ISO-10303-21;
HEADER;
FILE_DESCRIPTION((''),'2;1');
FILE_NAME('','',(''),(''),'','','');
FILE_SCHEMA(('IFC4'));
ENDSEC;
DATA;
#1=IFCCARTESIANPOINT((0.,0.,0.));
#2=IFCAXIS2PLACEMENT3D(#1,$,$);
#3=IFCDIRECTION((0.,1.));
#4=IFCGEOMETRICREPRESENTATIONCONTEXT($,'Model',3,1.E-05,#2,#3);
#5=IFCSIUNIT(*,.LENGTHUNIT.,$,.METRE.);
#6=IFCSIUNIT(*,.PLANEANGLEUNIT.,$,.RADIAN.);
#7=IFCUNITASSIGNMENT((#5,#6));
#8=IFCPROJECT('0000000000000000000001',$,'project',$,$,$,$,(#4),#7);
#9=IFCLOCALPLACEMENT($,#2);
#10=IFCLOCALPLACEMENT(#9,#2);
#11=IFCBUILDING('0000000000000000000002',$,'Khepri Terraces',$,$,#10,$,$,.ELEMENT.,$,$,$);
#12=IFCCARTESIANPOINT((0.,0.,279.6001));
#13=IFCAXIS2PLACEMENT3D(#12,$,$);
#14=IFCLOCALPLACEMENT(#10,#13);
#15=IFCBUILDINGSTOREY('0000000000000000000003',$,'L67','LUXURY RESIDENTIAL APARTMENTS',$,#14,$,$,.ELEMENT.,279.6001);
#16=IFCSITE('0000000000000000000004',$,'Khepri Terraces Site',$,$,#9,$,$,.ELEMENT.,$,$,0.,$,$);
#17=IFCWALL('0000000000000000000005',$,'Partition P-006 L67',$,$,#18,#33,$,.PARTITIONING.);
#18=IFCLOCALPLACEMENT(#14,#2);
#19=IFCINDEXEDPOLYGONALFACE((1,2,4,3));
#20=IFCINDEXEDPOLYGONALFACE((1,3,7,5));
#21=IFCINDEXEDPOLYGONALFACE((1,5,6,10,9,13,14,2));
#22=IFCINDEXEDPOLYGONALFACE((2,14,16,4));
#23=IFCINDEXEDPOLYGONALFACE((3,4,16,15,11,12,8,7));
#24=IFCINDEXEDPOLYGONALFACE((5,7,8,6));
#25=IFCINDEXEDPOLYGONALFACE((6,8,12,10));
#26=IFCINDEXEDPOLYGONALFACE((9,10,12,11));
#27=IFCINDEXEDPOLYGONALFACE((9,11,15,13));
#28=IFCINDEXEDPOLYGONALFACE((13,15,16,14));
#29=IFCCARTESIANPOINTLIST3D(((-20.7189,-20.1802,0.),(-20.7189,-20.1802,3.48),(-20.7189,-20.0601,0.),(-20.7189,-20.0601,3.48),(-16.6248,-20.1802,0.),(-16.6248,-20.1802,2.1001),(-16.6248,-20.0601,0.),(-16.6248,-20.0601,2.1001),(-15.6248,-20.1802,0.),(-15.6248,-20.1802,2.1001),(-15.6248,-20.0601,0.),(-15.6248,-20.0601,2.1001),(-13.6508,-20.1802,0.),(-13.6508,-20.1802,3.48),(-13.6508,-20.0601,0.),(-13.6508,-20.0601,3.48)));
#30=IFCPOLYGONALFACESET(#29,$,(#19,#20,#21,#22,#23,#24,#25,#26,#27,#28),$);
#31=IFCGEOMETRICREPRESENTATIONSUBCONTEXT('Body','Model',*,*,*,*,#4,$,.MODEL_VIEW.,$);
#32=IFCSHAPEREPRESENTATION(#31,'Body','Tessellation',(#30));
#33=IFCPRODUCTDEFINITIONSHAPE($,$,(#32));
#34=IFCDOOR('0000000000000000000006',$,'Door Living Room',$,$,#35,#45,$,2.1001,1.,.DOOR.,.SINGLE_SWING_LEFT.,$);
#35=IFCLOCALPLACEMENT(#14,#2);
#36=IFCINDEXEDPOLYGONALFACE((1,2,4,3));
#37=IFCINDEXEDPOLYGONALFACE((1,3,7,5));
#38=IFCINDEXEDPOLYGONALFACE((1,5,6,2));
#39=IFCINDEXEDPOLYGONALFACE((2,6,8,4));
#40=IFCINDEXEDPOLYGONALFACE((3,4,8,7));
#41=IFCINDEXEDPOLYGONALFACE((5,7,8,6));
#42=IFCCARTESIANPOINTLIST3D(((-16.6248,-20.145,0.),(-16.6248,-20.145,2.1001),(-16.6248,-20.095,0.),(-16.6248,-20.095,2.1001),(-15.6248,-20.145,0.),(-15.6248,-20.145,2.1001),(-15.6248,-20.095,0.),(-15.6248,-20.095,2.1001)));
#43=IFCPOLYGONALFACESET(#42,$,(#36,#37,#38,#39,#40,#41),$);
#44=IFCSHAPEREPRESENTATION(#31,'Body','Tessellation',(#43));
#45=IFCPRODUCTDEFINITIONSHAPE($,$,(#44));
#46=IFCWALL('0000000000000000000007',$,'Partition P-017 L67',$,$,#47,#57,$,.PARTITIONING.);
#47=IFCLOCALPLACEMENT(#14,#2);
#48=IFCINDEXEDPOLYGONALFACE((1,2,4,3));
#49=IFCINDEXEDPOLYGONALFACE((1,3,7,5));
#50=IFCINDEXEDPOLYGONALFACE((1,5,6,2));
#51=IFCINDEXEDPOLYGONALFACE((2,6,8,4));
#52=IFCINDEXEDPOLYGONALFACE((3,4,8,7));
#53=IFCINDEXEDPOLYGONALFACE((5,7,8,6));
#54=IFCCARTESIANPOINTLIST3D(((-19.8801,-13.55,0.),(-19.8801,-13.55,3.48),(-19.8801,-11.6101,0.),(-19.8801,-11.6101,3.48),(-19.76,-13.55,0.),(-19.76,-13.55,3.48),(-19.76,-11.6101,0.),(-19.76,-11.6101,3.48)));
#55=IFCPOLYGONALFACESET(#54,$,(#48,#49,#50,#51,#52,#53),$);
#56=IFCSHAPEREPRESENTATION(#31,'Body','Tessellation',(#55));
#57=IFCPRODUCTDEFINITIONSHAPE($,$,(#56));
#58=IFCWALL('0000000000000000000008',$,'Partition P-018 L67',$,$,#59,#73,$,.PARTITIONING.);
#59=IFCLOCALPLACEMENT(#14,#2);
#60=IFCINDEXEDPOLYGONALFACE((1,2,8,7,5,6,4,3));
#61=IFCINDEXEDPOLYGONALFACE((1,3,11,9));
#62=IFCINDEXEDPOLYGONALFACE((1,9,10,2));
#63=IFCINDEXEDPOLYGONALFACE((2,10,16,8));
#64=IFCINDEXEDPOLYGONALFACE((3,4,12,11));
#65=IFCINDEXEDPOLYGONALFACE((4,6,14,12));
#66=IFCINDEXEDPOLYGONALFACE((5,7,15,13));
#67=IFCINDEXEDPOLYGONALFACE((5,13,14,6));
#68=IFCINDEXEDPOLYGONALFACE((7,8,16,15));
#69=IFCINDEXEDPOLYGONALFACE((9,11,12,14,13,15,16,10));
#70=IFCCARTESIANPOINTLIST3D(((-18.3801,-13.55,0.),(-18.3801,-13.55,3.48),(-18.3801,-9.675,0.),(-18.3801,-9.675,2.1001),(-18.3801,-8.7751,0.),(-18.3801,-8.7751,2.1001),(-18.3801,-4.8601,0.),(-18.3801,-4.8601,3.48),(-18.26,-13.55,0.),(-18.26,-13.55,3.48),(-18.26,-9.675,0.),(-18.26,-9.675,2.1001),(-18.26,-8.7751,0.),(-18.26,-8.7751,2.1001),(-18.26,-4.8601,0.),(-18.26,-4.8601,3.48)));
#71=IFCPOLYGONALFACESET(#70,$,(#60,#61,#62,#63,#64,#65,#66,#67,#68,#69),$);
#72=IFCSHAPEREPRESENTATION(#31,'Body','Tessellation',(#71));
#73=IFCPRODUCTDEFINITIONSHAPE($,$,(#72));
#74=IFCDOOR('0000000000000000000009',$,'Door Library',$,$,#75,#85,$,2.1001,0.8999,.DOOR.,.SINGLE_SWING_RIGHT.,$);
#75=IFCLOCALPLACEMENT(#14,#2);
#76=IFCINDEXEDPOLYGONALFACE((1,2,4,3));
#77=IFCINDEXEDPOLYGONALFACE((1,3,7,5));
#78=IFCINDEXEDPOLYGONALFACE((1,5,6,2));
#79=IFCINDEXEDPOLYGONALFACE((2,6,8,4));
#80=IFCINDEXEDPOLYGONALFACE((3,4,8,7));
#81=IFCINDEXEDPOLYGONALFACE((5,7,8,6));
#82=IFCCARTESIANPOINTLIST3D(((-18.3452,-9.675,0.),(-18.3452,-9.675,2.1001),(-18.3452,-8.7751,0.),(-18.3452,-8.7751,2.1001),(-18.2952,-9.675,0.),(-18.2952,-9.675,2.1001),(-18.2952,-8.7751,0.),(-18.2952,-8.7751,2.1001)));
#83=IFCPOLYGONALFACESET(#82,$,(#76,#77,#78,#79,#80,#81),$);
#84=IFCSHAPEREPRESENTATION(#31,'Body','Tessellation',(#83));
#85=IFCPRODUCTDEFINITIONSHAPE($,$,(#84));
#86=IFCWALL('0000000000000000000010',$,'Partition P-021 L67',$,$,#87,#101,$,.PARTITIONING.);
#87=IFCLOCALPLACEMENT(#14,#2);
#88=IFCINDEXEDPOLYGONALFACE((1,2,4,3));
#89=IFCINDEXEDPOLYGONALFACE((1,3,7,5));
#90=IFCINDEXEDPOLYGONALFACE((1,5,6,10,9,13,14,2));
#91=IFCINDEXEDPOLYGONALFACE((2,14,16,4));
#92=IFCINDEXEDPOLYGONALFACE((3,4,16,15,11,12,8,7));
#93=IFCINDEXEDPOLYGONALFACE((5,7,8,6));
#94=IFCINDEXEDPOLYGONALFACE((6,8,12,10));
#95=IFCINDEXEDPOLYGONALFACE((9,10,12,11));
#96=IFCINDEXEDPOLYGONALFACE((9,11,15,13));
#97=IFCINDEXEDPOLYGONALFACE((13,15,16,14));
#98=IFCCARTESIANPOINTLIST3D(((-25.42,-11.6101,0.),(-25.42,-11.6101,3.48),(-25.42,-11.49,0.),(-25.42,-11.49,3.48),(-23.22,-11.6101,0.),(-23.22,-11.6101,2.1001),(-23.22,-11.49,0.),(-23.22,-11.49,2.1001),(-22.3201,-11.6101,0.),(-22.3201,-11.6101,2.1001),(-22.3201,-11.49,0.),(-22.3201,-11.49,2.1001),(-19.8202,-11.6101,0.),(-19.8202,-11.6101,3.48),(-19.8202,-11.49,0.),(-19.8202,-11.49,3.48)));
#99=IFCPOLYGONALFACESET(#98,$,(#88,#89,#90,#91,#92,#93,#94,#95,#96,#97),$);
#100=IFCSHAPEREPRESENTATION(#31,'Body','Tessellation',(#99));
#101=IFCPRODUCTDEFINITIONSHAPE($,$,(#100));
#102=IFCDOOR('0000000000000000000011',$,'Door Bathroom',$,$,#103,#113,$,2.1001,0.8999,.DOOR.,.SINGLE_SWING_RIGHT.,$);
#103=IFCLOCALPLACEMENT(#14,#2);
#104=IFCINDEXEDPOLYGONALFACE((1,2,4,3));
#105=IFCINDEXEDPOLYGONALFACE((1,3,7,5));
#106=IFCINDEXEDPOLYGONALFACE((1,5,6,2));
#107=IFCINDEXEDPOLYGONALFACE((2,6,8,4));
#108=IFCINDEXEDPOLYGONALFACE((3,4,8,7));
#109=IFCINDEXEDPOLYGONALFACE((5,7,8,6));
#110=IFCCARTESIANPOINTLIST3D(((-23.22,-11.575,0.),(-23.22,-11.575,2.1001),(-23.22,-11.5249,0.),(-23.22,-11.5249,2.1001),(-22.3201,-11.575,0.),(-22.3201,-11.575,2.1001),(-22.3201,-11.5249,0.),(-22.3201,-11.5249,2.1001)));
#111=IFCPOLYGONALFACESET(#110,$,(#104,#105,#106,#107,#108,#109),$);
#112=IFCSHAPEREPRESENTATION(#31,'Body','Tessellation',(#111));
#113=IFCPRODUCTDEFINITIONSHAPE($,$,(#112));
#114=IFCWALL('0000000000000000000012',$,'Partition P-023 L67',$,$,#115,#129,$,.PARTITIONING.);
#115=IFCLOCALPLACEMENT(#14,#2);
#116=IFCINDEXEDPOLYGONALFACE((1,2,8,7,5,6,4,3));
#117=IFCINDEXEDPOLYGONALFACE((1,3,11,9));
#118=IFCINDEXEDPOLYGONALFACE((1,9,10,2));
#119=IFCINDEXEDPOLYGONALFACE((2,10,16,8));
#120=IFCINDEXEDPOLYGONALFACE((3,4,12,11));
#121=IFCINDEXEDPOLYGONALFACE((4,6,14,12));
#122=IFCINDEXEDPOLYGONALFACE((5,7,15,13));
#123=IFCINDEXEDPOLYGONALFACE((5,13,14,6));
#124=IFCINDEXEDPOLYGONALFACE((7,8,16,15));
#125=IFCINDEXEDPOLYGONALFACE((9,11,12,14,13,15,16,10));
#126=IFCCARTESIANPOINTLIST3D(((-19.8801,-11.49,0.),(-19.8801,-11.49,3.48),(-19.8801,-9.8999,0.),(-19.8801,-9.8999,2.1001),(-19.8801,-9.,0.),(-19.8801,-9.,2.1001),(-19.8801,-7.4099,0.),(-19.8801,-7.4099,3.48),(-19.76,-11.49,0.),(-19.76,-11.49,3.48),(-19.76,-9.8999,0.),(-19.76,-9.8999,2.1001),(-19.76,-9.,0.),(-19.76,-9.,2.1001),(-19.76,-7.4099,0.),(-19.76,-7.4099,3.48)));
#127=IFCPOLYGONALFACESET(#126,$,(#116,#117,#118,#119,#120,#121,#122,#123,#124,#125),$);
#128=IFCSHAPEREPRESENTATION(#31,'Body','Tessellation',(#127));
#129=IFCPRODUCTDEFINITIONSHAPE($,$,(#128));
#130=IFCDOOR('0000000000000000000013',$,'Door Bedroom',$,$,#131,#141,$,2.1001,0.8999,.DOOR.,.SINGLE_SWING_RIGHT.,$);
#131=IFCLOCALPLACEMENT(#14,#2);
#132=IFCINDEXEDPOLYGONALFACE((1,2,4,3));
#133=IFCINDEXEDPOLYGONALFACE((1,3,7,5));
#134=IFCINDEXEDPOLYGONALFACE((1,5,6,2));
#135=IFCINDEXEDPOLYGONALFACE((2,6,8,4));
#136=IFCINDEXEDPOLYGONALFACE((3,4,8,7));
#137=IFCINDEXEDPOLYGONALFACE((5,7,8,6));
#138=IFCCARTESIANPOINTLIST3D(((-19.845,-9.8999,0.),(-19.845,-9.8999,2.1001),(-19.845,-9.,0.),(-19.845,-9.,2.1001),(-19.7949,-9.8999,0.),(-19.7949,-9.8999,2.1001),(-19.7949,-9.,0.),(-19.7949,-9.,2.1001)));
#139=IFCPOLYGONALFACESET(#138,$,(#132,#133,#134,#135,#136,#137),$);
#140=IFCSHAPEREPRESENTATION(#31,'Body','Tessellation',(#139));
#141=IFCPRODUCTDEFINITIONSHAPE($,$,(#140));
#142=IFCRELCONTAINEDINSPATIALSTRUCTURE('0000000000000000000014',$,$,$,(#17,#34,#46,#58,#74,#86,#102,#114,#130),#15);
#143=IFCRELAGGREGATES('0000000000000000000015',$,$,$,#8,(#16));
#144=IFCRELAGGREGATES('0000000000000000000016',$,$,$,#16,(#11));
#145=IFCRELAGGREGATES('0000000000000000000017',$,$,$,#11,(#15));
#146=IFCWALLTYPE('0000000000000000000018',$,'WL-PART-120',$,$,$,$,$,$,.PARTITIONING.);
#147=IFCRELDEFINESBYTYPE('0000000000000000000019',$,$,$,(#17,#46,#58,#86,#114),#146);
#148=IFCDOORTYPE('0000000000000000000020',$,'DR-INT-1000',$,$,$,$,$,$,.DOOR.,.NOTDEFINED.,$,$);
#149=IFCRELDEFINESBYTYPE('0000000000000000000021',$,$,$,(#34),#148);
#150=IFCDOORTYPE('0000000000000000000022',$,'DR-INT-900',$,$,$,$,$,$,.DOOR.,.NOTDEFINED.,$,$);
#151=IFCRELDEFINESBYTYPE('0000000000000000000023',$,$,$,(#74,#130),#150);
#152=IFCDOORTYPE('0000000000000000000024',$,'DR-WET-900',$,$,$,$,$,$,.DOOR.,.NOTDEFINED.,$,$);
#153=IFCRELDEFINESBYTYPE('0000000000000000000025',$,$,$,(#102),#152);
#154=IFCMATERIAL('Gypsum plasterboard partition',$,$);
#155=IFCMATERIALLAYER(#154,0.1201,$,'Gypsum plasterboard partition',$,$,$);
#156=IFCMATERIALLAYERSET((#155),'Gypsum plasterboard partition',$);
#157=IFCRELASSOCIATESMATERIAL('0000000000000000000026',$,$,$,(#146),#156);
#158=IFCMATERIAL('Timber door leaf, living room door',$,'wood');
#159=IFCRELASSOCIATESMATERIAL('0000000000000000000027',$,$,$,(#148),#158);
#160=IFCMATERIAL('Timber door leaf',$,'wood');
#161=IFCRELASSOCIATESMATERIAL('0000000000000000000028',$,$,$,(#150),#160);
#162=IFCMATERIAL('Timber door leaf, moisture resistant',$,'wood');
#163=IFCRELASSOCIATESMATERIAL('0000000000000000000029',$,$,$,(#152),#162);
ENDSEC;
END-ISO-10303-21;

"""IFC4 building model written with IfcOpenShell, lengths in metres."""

from ifc_helpers import new_model, si_unit, direction, frame, frame_2d, origin, place, context, subcontext, project, spatial, rectangle, extrude, material, layer, layer_set, type_object, element, fill, save


model = new_model("IFC4")

# Units and contexts
model_context = context("Model", 3, precision=1e-05, world=origin(), true_north=direction((0.0, 1.0)))
body_context = subcontext(model_context, "Body", "Model", "MODEL_VIEW")
ifc_project = project(units=[si_unit("LENGTHUNIT", "METRE"), si_unit("PLANEANGLEUNIT", "RADIAN")], contexts=[model_context])

# Site, building, storey
site_placement = place(None, origin())
site = spatial("IfcSite", under=ifc_project, at=site_placement, Name="Khepri Terraces Site", CompositionType="ELEMENT", RefElevation=0.0)
building_placement = place(site_placement, origin())
building = spatial("IfcBuilding", under=site, at=building_placement, Name="Khepri Terraces", CompositionType="ELEMENT")
storey_placement = place(building_placement, frame((0.0, 0.0, 279.6001)))
storey = spatial("IfcBuildingStorey", under=building, at=storey_placement, Name="L67", Description="LUXURY RESIDENTIAL APARTMENTS", CompositionType="ELEMENT", Elevation=279.6001)

# Shared definitions
ifc_material_1 = material(Name="Gypsum plasterboard partition")
ifc_layer_1 = layer(ifc_material_1, 0.1201, Name="Gypsum plasterboard partition")
ifc_layer_set_1 = layer_set([ifc_layer_1], Name="Gypsum plasterboard partition")
wall_type_1 = type_object("IfcWallType", Name="WL-PART-120", PredefinedType="PARTITIONING", material=ifc_layer_set_1)

# Wall, opening, door
wall_1_placement = place(storey_placement, frame((-20.719, -20.1201, 0.0), z_axis=(0.0, 0.0, 1.0), x_axis=(1.0, 0.0, 0.0)))
wall_1 = element("IfcWall", 1, at=wall_1_placement, inside=storey, type_object=wall_type_1, Name="Partition P-006 L67", PredefinedType="PARTITIONING", context=body_context, shape_type="SweptSolid", body=[
    extrude(rectangle(XDim=7.0681, YDim=0.1201, at=frame_2d((3.5342, 0.0))), origin(), (0.0, 0.0, 1.0), 3.48),
])
opening_1_placement = place(wall_1_placement, frame((4.0942, 0.0, 0.0)))
opening_1 = element("IfcOpeningElement", 2, at=opening_1_placement, cuts=wall_1, PredefinedType="OPENING", context=body_context, shape_type="SweptSolid", body=[
    extrude(rectangle(XDim=1.0, YDim=2.1001, at=frame_2d((0.5, 1.05))), frame((0.0, 0.0701, 0.0), z_axis=(0.0, -1.0, 0.0), x_axis=(1.0, 0.0, 0.0)), (0.0, 0.0, 1.0), 0.1401),
])
ifc_material_2 = material(Name="Timber door leaf, living room door", Category="wood")
door_type_1 = type_object("IfcDoorType", Name="DR-INT-1000", OperationType="NOTDEFINED", PredefinedType="DOOR", material=ifc_material_2)
door_1_placement = place(opening_1_placement, frame((1.0, 0.0, 0.0), z_axis=(0.0, 0.0, 1.0), x_axis=(-1.0, 0.0, 0.0)))
door_1 = element("IfcDoor", 3, at=door_1_placement, inside=storey, type_object=door_type_1, Name="Door Living Room", OperationType="SINGLE_SWING_LEFT", OverallHeight=2.1001, OverallWidth=1.0, PredefinedType="DOOR", context=body_context, shape_type="SweptSolid", body=[
    extrude(rectangle(XDim=1.0, YDim=2.1001, at=frame_2d((0.5, 1.05))), frame((0.0, 0.0249, 0.0), z_axis=(0.0, -1.0, 0.0), x_axis=(1.0, 0.0, 0.0)), (0.0, 0.0, 1.0), 0.05),
])
fill(opening_1, door_1)

# Wall
wall_2_placement = place(storey_placement, frame((-19.8201, -13.55, 0.0), z_axis=(0.0, 0.0, 1.0), x_axis=(0.0, 1.0, 0.0)))
element("IfcWall", 4, at=wall_2_placement, inside=storey, type_object=wall_type_1, Name="Partition P-017 L67", PredefinedType="PARTITIONING", context=body_context, shape_type="SweptSolid", body=[
    extrude(rectangle(XDim=1.9399, YDim=0.1201, at=frame_2d((0.97, 0.0))), origin(), (0.0, 0.0, 1.0), 3.48),
])

# Walls, openings, doors
wall_3_placement = place(storey_placement, frame((-18.3201, -13.55, 0.0), z_axis=(0.0, 0.0, 1.0), x_axis=(0.0, 1.0, 0.0)))
wall_3 = element("IfcWall", 5, at=wall_3_placement, inside=storey, type_object=wall_type_1, Name="Partition P-018 L67", PredefinedType="PARTITIONING", context=body_context, shape_type="SweptSolid", body=[
    extrude(rectangle(XDim=8.6899, YDim=0.1201, at=frame_2d((4.345, 0.0))), origin(), (0.0, 0.0, 1.0), 3.48),
])
opening_2_placement = place(wall_3_placement, frame((3.875, 0.0, 0.0)))
opening_2 = element("IfcOpeningElement", 6, at=opening_2_placement, cuts=wall_3, PredefinedType="OPENING", context=body_context, shape_type="SweptSolid", body=[
    extrude(rectangle(XDim=0.8999, YDim=2.1001, at=frame_2d((0.45, 1.05))), frame((0.0, 0.0701, 0.0), z_axis=(0.0, -1.0, 0.0), x_axis=(1.0, 0.0, 0.0)), (0.0, 0.0, 1.0), 0.1401),
])
ifc_material_3 = material(Name="Timber door leaf", Category="wood")
door_type_2 = type_object("IfcDoorType", Name="DR-INT-900", OperationType="NOTDEFINED", PredefinedType="DOOR", material=ifc_material_3)
door_2_placement = place(opening_2_placement, frame((0.8999, 0.0, 0.0), z_axis=(0.0, 0.0, 1.0), x_axis=(-1.0, 0.0, 0.0)))
door_2 = element("IfcDoor", 7, at=door_2_placement, inside=storey, type_object=door_type_2, Name="Door Library", OperationType="SINGLE_SWING_RIGHT", OverallHeight=2.1001, OverallWidth=0.8999, PredefinedType="DOOR", context=body_context, shape_type="SweptSolid", body=[
    extrude(rectangle(XDim=0.8999, YDim=2.1001, at=frame_2d((0.45, 1.05))), frame((0.0, 0.0249, 0.0), z_axis=(0.0, -1.0, 0.0), x_axis=(1.0, 0.0, 0.0)), (0.0, 0.0, 1.0), 0.05),
])
fill(opening_2, door_2)
wall_4_placement = place(storey_placement, frame((-25.4199, -11.55, 0.0), z_axis=(0.0, 0.0, 1.0), x_axis=(1.0, 0.0, 0.0)))
wall_4 = element("IfcWall", 8, at=wall_4_placement, inside=storey, type_object=wall_type_1, Name="Partition P-021 L67", PredefinedType="PARTITIONING", context=body_context, shape_type="SweptSolid", body=[
    extrude(rectangle(XDim=5.5999, YDim=0.1201, at=frame_2d((2.7998, 0.0))), origin(), (0.0, 0.0, 1.0), 3.48),
])
opening_3_placement = place(wall_4_placement, frame((2.2, 0.0, 0.0)))
opening_3 = element("IfcOpeningElement", 9, at=opening_3_placement, cuts=wall_4, PredefinedType="OPENING", context=body_context, shape_type="SweptSolid", body=[
    extrude(rectangle(XDim=0.8999, YDim=2.1001, at=frame_2d((0.45, 1.05))), frame((0.0, 0.0701, 0.0), z_axis=(0.0, -1.0, 0.0), x_axis=(1.0, 0.0, 0.0)), (0.0, 0.0, 1.0), 0.1401),
])
ifc_material_4 = material(Name="Timber door leaf, moisture resistant", Category="wood")
door_type_3 = type_object("IfcDoorType", Name="DR-WET-900", OperationType="NOTDEFINED", PredefinedType="DOOR", material=ifc_material_4)
door_3_placement = place(opening_3_placement, frame((0.8999, 0.0, 0.0), z_axis=(0.0, 0.0, 1.0), x_axis=(-1.0, 0.0, 0.0)))
door_3 = element("IfcDoor", 10, at=door_3_placement, inside=storey, type_object=door_type_3, Name="Door Bathroom", OperationType="SINGLE_SWING_RIGHT", OverallHeight=2.1001, OverallWidth=0.8999, PredefinedType="DOOR", context=body_context, shape_type="SweptSolid", body=[
    extrude(rectangle(XDim=0.8999, YDim=2.1001, at=frame_2d((0.45, 1.05))), frame((0.0, 0.0249, 0.0), z_axis=(0.0, -1.0, 0.0), x_axis=(1.0, 0.0, 0.0)), (0.0, 0.0, 1.0), 0.05),
])
fill(opening_3, door_3)
wall_5_placement = place(storey_placement, frame((-19.8201, -11.49, 0.0), z_axis=(0.0, 0.0, 1.0), x_axis=(0.0, 1.0, 0.0)))
wall_5 = element("IfcWall", 11, at=wall_5_placement, inside=storey, type_object=wall_type_1, Name="Partition P-023 L67", PredefinedType="PARTITIONING", context=body_context, shape_type="SweptSolid", body=[
    extrude(rectangle(XDim=4.0801, YDim=0.1201, at=frame_2d((2.04, 0.0))), origin(), (0.0, 0.0, 1.0), 3.48),
])
opening_4_placement = place(wall_5_placement, frame((1.5901, 0.0, 0.0)))
opening_4 = element("IfcOpeningElement", 12, at=opening_4_placement, cuts=wall_5, PredefinedType="OPENING", context=body_context, shape_type="SweptSolid", body=[
    extrude(rectangle(XDim=0.8999, YDim=2.1001, at=frame_2d((0.45, 1.05))), frame((0.0, 0.0701, 0.0), z_axis=(0.0, -1.0, 0.0), x_axis=(1.0, 0.0, 0.0)), (0.0, 0.0, 1.0), 0.1401),
])
door_4_placement = place(opening_4_placement, origin())
door_4 = element("IfcDoor", 13, at=door_4_placement, inside=storey, type_object=door_type_2, Name="Door Bedroom", OperationType="SINGLE_SWING_RIGHT", OverallHeight=2.1001, OverallWidth=0.8999, PredefinedType="DOOR", context=body_context, shape_type="SweptSolid", body=[
    extrude(rectangle(XDim=0.8999, YDim=2.1001, at=frame_2d((0.45, 1.05))), frame((0.0, 0.0249, 0.0), z_axis=(0.0, -1.0, 0.0), x_axis=(1.0, 0.0, 0.0)), (0.0, 0.0, 1.0), 0.05),
])
fill(opening_4, door_4)

save(model, "model.ifc")
